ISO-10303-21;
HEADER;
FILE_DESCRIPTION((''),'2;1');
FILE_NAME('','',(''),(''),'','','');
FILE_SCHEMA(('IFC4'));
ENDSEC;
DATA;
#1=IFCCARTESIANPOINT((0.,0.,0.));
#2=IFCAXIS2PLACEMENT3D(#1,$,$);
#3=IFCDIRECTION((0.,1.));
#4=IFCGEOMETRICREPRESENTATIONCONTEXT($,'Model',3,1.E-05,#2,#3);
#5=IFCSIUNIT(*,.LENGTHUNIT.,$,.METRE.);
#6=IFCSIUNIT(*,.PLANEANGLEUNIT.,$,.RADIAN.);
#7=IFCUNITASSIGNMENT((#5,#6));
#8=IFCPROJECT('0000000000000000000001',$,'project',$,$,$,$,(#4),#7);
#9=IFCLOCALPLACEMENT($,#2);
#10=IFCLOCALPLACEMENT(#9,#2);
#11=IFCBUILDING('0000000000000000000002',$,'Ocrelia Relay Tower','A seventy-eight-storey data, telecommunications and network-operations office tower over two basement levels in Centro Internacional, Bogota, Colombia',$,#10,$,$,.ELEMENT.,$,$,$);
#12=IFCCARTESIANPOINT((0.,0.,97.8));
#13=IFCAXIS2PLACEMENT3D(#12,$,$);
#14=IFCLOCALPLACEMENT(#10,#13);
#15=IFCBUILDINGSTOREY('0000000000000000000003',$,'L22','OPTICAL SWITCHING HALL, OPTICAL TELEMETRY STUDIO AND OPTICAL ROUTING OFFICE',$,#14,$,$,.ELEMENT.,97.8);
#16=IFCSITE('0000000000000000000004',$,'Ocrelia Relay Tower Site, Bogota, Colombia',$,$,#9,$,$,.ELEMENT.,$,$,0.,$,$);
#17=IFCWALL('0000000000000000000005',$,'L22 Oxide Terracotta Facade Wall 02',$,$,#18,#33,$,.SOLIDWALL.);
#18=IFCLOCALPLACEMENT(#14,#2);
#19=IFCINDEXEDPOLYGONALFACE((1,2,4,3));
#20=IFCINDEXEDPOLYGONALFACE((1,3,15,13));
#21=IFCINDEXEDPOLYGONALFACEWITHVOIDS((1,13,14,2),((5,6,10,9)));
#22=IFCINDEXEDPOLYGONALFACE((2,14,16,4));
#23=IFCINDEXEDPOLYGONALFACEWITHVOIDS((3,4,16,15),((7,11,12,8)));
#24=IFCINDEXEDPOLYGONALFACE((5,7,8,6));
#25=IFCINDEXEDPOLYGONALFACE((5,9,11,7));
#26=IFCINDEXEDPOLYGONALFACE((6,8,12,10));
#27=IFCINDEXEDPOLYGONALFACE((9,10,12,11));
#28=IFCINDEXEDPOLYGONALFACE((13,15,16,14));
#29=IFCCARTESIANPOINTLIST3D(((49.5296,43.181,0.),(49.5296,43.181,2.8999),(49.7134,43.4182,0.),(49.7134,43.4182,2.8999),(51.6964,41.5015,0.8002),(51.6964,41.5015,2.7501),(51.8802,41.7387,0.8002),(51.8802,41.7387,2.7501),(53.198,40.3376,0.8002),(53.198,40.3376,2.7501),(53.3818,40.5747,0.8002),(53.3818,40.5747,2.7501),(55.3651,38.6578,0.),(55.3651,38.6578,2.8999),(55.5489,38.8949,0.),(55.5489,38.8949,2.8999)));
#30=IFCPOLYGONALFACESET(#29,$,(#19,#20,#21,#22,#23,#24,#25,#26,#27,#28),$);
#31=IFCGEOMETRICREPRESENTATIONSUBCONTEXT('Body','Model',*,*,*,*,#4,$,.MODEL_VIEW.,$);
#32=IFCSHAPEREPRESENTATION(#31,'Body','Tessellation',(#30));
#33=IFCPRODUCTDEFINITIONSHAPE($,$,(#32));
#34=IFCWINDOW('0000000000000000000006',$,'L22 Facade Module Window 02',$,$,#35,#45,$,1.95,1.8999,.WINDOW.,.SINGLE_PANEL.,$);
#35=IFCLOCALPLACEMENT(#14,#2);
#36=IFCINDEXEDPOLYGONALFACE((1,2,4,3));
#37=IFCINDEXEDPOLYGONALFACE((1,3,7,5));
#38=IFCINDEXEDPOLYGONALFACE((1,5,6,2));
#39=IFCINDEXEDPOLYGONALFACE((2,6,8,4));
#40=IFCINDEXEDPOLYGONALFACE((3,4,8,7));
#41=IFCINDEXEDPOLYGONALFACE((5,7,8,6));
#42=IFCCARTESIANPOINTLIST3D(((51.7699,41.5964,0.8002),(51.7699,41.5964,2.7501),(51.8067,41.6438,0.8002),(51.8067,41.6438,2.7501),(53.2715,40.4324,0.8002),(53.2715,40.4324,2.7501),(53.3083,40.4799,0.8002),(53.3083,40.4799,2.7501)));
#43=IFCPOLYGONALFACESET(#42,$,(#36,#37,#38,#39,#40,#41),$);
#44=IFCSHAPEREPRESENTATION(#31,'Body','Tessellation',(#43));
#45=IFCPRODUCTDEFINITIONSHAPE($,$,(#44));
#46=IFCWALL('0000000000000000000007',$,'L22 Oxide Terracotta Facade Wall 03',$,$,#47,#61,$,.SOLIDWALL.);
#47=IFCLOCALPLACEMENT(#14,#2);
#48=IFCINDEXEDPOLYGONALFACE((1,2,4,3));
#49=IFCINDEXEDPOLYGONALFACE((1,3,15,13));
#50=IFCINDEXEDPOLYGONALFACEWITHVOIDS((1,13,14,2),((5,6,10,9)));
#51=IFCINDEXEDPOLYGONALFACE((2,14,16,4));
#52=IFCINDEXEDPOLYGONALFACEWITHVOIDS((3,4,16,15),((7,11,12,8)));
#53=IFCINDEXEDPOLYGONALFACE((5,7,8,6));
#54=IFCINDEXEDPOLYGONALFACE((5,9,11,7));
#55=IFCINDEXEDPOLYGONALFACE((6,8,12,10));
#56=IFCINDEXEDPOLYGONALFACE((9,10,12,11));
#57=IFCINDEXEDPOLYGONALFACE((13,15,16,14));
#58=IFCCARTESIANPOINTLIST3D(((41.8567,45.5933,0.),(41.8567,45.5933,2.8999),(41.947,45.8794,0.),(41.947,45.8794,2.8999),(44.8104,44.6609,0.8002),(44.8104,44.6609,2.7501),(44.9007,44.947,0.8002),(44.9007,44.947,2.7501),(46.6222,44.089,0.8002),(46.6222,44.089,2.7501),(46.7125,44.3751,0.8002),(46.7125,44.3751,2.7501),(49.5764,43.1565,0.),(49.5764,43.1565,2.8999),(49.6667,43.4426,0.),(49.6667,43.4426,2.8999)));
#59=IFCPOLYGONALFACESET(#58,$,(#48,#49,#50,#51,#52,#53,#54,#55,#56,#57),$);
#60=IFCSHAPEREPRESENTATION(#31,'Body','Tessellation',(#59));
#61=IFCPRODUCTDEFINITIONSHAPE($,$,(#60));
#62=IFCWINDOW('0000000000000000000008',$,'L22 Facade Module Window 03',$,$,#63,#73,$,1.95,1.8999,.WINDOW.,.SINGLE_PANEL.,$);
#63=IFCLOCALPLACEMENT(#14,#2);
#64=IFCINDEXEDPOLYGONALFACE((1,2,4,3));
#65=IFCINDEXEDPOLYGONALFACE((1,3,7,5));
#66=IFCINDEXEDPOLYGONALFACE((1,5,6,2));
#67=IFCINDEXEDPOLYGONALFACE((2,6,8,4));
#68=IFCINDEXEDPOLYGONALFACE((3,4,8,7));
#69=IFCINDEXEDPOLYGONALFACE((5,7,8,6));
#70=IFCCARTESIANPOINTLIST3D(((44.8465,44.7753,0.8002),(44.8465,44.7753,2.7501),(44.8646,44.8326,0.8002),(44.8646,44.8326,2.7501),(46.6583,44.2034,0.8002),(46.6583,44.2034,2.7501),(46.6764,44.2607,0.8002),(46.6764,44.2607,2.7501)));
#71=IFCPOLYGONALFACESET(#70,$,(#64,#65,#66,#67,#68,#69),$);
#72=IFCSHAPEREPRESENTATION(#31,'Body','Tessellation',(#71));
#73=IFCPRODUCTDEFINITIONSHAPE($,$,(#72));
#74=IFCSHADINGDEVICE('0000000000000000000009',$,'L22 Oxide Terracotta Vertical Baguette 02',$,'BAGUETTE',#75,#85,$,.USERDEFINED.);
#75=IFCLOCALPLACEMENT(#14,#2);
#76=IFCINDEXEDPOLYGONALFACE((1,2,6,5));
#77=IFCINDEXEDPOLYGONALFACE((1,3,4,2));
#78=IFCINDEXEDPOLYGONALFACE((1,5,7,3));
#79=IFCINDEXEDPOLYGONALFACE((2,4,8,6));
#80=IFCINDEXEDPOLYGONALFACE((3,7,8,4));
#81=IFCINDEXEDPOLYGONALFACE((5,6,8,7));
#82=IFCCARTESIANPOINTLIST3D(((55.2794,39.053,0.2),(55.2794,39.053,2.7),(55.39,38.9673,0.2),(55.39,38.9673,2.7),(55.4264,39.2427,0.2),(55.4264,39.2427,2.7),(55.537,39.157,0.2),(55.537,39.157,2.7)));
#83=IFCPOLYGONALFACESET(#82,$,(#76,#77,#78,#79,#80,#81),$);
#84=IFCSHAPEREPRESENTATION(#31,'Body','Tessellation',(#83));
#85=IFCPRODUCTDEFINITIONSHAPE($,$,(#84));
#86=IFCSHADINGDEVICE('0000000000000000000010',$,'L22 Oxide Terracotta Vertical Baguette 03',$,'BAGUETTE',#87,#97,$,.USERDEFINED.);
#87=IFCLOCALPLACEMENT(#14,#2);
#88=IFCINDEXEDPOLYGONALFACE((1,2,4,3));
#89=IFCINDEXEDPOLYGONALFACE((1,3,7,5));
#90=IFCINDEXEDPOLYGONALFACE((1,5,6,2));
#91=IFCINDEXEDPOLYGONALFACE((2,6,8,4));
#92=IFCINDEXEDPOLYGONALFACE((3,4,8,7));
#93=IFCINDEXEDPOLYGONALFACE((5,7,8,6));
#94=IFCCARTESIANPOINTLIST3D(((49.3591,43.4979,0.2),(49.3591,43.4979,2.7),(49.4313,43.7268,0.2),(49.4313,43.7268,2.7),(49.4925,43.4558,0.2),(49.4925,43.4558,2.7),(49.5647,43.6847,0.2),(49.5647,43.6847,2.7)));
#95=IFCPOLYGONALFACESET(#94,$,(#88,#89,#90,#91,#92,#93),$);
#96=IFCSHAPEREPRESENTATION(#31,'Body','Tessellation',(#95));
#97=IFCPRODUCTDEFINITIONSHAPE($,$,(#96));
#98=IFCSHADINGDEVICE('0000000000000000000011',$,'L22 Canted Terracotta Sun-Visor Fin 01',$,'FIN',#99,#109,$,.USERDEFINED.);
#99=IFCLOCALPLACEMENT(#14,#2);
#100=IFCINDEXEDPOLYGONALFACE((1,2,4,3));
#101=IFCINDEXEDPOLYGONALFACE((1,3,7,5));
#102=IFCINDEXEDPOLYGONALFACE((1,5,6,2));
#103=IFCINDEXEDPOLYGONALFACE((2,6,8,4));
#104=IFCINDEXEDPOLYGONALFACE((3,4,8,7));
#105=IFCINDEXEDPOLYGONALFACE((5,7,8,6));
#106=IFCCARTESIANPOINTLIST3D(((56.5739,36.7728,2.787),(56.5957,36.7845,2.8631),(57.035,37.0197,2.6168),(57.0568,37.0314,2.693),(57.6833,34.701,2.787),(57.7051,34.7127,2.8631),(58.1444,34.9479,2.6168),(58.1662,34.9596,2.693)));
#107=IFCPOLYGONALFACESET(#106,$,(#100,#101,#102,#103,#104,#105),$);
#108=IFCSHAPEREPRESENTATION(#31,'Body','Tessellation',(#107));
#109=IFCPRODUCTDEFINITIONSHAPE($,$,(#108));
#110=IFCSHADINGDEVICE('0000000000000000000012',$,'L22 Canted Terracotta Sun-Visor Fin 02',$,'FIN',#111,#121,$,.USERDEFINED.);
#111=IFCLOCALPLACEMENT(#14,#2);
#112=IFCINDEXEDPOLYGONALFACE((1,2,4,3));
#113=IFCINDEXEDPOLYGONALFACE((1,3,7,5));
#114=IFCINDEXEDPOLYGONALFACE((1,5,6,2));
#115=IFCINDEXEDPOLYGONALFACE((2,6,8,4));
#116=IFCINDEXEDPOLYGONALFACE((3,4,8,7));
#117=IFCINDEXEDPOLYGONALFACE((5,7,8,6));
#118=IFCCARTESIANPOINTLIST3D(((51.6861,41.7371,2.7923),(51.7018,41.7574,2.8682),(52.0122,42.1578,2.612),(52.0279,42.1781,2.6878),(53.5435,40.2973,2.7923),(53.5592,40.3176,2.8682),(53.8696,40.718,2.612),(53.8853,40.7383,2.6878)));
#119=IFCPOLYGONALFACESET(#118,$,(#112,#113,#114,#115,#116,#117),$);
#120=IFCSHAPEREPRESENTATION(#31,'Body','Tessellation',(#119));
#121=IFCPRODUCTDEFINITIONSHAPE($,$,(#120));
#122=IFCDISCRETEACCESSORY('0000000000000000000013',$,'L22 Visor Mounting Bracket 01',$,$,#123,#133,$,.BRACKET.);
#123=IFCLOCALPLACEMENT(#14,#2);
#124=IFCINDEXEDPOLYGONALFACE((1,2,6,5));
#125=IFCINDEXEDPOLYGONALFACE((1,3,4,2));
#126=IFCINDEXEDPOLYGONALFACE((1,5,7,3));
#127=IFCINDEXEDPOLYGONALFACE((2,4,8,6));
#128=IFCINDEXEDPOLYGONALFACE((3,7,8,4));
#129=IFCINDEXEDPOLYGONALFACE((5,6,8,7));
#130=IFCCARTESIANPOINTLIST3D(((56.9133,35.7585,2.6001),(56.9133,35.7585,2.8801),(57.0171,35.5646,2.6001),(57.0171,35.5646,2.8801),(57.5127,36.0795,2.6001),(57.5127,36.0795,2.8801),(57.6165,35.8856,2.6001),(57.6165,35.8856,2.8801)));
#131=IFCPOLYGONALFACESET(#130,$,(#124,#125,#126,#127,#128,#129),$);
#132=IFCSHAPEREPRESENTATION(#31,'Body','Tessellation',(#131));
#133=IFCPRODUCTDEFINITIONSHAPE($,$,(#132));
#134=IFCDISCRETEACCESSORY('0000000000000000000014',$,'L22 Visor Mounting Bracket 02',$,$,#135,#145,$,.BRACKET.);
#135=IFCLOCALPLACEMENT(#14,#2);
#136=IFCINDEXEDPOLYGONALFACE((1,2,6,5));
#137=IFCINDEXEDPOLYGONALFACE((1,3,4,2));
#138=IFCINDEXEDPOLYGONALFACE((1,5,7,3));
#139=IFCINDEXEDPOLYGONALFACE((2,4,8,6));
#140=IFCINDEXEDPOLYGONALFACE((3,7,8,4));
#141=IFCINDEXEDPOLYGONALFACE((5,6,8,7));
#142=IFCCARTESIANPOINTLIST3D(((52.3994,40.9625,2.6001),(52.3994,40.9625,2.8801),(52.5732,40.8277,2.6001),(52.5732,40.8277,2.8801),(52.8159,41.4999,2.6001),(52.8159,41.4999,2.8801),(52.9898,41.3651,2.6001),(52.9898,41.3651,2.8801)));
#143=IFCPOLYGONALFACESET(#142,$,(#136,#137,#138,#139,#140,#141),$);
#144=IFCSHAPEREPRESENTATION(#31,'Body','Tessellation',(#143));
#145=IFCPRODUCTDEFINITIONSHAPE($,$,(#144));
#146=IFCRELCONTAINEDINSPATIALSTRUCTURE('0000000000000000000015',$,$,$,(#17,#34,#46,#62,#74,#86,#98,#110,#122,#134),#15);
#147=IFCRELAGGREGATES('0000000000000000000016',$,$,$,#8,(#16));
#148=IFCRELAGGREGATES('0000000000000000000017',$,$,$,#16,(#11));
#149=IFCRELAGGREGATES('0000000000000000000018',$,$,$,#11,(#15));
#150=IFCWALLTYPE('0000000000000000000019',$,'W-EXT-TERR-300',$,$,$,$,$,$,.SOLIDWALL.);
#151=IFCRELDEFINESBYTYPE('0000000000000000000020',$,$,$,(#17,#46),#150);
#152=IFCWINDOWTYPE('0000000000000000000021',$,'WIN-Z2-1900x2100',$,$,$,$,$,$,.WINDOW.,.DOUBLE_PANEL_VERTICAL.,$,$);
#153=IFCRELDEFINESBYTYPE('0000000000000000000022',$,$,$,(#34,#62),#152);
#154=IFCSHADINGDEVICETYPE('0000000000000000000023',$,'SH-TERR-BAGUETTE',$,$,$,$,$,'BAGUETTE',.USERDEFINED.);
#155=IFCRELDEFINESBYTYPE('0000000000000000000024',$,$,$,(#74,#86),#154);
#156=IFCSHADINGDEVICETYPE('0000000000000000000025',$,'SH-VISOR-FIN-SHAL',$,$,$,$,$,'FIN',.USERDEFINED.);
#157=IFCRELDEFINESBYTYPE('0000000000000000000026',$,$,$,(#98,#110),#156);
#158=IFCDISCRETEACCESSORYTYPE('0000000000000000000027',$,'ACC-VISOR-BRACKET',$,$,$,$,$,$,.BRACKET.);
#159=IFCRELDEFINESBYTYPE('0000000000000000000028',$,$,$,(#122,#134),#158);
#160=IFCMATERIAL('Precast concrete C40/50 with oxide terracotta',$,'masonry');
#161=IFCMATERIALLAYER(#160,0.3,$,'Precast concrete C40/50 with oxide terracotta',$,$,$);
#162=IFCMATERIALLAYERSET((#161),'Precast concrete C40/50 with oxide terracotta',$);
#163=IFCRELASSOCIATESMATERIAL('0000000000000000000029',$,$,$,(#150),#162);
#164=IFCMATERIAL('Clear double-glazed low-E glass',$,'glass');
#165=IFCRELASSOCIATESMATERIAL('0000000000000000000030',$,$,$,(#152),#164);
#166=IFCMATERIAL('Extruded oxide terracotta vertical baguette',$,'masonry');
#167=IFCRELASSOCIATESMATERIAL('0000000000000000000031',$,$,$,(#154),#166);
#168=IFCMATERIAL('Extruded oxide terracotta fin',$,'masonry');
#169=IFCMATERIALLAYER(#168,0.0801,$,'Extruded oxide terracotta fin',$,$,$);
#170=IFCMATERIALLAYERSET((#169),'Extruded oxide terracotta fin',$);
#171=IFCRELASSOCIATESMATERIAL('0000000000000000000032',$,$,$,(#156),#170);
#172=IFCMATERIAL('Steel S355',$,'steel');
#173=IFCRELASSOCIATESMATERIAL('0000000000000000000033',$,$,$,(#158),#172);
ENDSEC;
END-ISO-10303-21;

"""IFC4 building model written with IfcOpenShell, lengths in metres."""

from ifc_helpers import new_model, si_unit, direction, frame, frame_2d, origin, origin_2d, place, context, subcontext, project, spatial, rectangle, extrude, material, layer, layer_set, type_object, element, fill, save


model = new_model("IFC4")

# Units and contexts
model_context = context("Model", 3, precision=1e-05, world=origin(), true_north=direction((0.0, 1.0)))
body_context = subcontext(model_context, "Body", "Model", "MODEL_VIEW")
ifc_project = project(units=[si_unit("LENGTHUNIT", "METRE"), si_unit("PLANEANGLEUNIT", "RADIAN")], contexts=[model_context])

# Site, building, storey
site_placement = place(None, origin())
site = spatial("IfcSite", under=ifc_project, at=site_placement, Name="Ocrelia Relay Tower Site, Bogota, Colombia", CompositionType="ELEMENT", RefElevation=0.0)
building_placement = place(site_placement, origin())
building = spatial("IfcBuilding", under=site, at=building_placement, Name="Ocrelia Relay Tower", Description="A seventy-eight-storey data, telecommunications and network-operations office tower over two basement levels in Centro Internacional, Bogota, Colombia", CompositionType="ELEMENT")
storey_placement = place(building_placement, frame((0.0, 0.0, 97.8)))
storey = spatial("IfcBuildingStorey", under=building, at=storey_placement, Name="L22", Description="OPTICAL SWITCHING HALL, OPTICAL TELEMETRY STUDIO AND OPTICAL ROUTING OFFICE", CompositionType="ELEMENT", Elevation=97.8)

# Shared definitions
ifc_material_1 = material(Name="Steel S355", Category="steel")

# Shared definitions
ifc_material_2 = material(Name="Clear double-glazed low-E glass", Category="glass")

# Walls, openings, windows
ifc_material_3 = material(Name="Precast concrete C40/50 with oxide terracotta", Category="masonry")
ifc_layer_1 = layer(ifc_material_3, 0.3, Name="Precast concrete C40/50 with oxide terracotta")
ifc_layer_set_1 = layer_set([ifc_layer_1], Name="Precast concrete C40/50 with oxide terracotta")
wall_type = type_object("IfcWallType", Name="W-EXT-TERR-300", PredefinedType="SOLIDWALL", material=ifc_layer_set_1)
wall_1_placement = place(storey_placement, frame((55.457, 38.7764, 0.0), z_axis=(0.0, 0.0, 1.0), x_axis=(-0.790368, 0.612633, 0.0)))
wall_1 = element("IfcWall", 1, at=wall_1_placement, inside=storey, type_object=wall_type, Name="L22 Oxide Terracotta Facade Wall 02", PredefinedType="SOLIDWALL", context=body_context, shape_type="SweptSolid", body=[
    extrude(rectangle(XDim=7.3833, YDim=0.3, at=frame_2d((3.6917, 0.0))), origin(), (0.0, 0.0, 1.0), 2.8999),
])
opening_1_placement = place(wall_1_placement, frame((2.7419, 0.0, 0.8)))
opening_1 = element("IfcOpeningElement", 2, at=opening_1_placement, cuts=wall_1, PredefinedType="OPENING", context=body_context, shape_type="SweptSolid", body=[
    extrude(rectangle(XDim=1.8999, YDim=1.95, at=frame_2d((0.95, 0.9751))), frame((0.0, 0.1602, 0.0), z_axis=(0.0, -1.0, 0.0), x_axis=(1.0, 0.0, 0.0)), (0.0, 0.0, 1.0), 0.3201),
])
window_type = type_object("IfcWindowType", Name="WIN-Z2-1900x2100", PartitioningType="DOUBLE_PANEL_VERTICAL", PredefinedType="WINDOW", material=ifc_material_2)
window_1_placement = place(opening_1_placement, origin())
window_1 = element("IfcWindow", 3, at=window_1_placement, inside=storey, type_object=window_type, Name="L22 Facade Module Window 02", OverallHeight=1.95, OverallWidth=1.8999, PartitioningType="SINGLE_PANEL", PredefinedType="WINDOW", context=body_context, shape_type="SweptSolid", body=[
    extrude(rectangle(XDim=1.8999, YDim=1.95, at=frame_2d((0.95, 0.9751))), frame((0.0, 0.03, 0.0), z_axis=(0.0, -1.0, 0.0), x_axis=(1.0, 0.0, 0.0)), (0.0, 0.0, 1.0), 0.0601),
])
fill(opening_1, window_1)
wall_2_placement = place(storey_placement, frame((49.6216, 43.2996, 0.0), z_axis=(0.0, 0.0, 1.0), x_axis=(-0.95362, 0.301014, 0.0)))
wall_2 = element("IfcWall", 4, at=wall_2_placement, inside=storey, type_object=wall_type, Name="L22 Oxide Terracotta Facade Wall 03", PredefinedType="SOLIDWALL", context=body_context, shape_type="SweptSolid", body=[
    extrude(rectangle(XDim=8.0952, YDim=0.3, at=frame_2d((4.0476, 0.0))), origin(), (0.0, 0.0, 1.0), 2.8999),
])
opening_2_placement = place(wall_2_placement, frame((3.0979, 0.0, 0.8)))
opening_2 = element("IfcOpeningElement", 5, at=opening_2_placement, cuts=wall_2, PredefinedType="OPENING", context=body_context, shape_type="SweptSolid", body=[
    extrude(rectangle(XDim=1.8999, YDim=1.95, at=frame_2d((0.95, 0.9751))), frame((0.0, 0.1602, 0.0), z_axis=(0.0, -1.0, 0.0), x_axis=(1.0, 0.0, 0.0)), (0.0, 0.0, 1.0), 0.3201),
])
window_2_placement = place(opening_2_placement, origin())
window_2 = element("IfcWindow", 6, at=window_2_placement, inside=storey, type_object=window_type, Name="L22 Facade Module Window 03", OverallHeight=1.95, OverallWidth=1.8999, PartitioningType="SINGLE_PANEL", PredefinedType="WINDOW", context=body_context, shape_type="SweptSolid", body=[
    extrude(rectangle(XDim=1.8999, YDim=1.95, at=frame_2d((0.95, 0.9751))), frame((0.0, 0.03, 0.0), z_axis=(0.0, -1.0, 0.0), x_axis=(1.0, 0.0, 0.0)), (0.0, 0.0, 1.0), 0.0601),
])
fill(opening_2, window_2)

# Shading devices
ifc_material_4 = material(Name="Extruded oxide terracotta vertical baguette", Category="masonry")
shading_device_type_1 = type_object("IfcShadingDeviceType", Name="SH-TERR-BAGUETTE", ElementType="BAGUETTE", PredefinedType="USERDEFINED", material=ifc_material_4)
for number, where, z_axis, x_axis, name in (
    (7, (55.4082, 39.105, 0.2), (0.0, 0.0, 1.0), (-0.790363, 0.612638, 0.0), "L22 Oxide Terracotta Vertical Baguette 02"),
    (8, (49.4619, 43.5913, 0.2), (0.0, 0.0, 1.0), (-0.953622, 0.301008, 0.0), "L22 Oxide Terracotta Vertical Baguette 03"),
):
    element("IfcShadingDevice", number, at=place(storey_placement, frame(where, z_axis=z_axis, x_axis=x_axis)), inside=storey, type_object=shading_device_type_1, Name=name, ObjectType="BAGUETTE", PredefinedType="USERDEFINED", context=body_context, shape_type="SweptSolid", body=[
        extrude(rectangle(XDim=0.1399, YDim=0.24, at=origin_2d()), origin(), (0.0, 0.0, 1.0), 2.5),
    ])
ifc_material_5 = material(Name="Extruded oxide terracotta fin", Category="masonry")
ifc_layer_2 = layer(ifc_material_5, 0.0801, Name="Extruded oxide terracotta fin")
ifc_layer_set_2 = layer_set([ifc_layer_2], Name="Extruded oxide terracotta fin")
shading_device_type_2 = type_object("IfcShadingDeviceType", Name="SH-VISOR-FIN-SHAL", ElementType="FIN", PredefinedType="USERDEFINED", material=ifc_layer_set_2)
shading_device_1_placement = place(storey_placement, frame((57.3591, 35.8604, 2.7019), z_axis=(0.27271, 0.146035, 0.950949), x_axis=(-0.472071, 0.881561, 0.0)))
element("IfcShadingDevice", 9, at=shading_device_1_placement, inside=storey, type_object=shading_device_type_2, Name="L22 Canted Terracotta Sun-Visor Fin 01", ObjectType="FIN", PredefinedType="USERDEFINED", context=body_context, shape_type="SweptSolid", body=[
    extrude(rectangle(XDim=2.3501, YDim=0.55, at=origin_2d()), origin(), (0.0, 0.0, 1.0), 0.0801),
])
shading_device_2_placement = place(storey_placement, frame((52.7778, 41.2275, 2.7021), z_axis=(0.196622, 0.253662, 0.947098), x_axis=(-0.790363, 0.612638, 0.0)))
element("IfcShadingDevice", 10, at=shading_device_2_placement, inside=storey, type_object=shading_device_type_2, Name="L22 Canted Terracotta Sun-Visor Fin 02", ObjectType="FIN", PredefinedType="USERDEFINED", context=body_context, shape_type="SweptSolid", body=[
    extrude(rectangle(XDim=2.3501, YDim=0.562, at=origin_2d()), origin(), (0.0, 0.0, 1.0), 0.0801),
])

# Discrete accessories
discrete_accessory_type = type_object("IfcDiscreteAccessoryType", Name="ACC-VISOR-BRACKET", PredefinedType="BRACKET", material=ifc_material_1)
for number, where, z_axis, x_axis, name in (
    (11, (57.2649, 35.822, 2.6001), (0.0, 0.0, 1.0), (-0.472071, 0.881561, 0.0), "L22 Visor Mounting Bracket 01"),
    (12, (52.6946, 41.1638, 2.6001), (0.0, 0.0, 1.0), (-0.790363, 0.612638, 0.0), "L22 Visor Mounting Bracket 02"),
):
    element("IfcDiscreteAccessory", number, at=place(storey_placement, frame(where, z_axis=z_axis, x_axis=x_axis)), inside=storey, type_object=discrete_accessory_type, Name=name, PredefinedType="BRACKET", context=body_context, shape_type="SweptSolid", body=[
        extrude(rectangle(XDim=0.22, YDim=0.6799, at=origin_2d()), origin(), (0.0, 0.0, 1.0), 0.28),
    ])

save(model, "model.ifc")
